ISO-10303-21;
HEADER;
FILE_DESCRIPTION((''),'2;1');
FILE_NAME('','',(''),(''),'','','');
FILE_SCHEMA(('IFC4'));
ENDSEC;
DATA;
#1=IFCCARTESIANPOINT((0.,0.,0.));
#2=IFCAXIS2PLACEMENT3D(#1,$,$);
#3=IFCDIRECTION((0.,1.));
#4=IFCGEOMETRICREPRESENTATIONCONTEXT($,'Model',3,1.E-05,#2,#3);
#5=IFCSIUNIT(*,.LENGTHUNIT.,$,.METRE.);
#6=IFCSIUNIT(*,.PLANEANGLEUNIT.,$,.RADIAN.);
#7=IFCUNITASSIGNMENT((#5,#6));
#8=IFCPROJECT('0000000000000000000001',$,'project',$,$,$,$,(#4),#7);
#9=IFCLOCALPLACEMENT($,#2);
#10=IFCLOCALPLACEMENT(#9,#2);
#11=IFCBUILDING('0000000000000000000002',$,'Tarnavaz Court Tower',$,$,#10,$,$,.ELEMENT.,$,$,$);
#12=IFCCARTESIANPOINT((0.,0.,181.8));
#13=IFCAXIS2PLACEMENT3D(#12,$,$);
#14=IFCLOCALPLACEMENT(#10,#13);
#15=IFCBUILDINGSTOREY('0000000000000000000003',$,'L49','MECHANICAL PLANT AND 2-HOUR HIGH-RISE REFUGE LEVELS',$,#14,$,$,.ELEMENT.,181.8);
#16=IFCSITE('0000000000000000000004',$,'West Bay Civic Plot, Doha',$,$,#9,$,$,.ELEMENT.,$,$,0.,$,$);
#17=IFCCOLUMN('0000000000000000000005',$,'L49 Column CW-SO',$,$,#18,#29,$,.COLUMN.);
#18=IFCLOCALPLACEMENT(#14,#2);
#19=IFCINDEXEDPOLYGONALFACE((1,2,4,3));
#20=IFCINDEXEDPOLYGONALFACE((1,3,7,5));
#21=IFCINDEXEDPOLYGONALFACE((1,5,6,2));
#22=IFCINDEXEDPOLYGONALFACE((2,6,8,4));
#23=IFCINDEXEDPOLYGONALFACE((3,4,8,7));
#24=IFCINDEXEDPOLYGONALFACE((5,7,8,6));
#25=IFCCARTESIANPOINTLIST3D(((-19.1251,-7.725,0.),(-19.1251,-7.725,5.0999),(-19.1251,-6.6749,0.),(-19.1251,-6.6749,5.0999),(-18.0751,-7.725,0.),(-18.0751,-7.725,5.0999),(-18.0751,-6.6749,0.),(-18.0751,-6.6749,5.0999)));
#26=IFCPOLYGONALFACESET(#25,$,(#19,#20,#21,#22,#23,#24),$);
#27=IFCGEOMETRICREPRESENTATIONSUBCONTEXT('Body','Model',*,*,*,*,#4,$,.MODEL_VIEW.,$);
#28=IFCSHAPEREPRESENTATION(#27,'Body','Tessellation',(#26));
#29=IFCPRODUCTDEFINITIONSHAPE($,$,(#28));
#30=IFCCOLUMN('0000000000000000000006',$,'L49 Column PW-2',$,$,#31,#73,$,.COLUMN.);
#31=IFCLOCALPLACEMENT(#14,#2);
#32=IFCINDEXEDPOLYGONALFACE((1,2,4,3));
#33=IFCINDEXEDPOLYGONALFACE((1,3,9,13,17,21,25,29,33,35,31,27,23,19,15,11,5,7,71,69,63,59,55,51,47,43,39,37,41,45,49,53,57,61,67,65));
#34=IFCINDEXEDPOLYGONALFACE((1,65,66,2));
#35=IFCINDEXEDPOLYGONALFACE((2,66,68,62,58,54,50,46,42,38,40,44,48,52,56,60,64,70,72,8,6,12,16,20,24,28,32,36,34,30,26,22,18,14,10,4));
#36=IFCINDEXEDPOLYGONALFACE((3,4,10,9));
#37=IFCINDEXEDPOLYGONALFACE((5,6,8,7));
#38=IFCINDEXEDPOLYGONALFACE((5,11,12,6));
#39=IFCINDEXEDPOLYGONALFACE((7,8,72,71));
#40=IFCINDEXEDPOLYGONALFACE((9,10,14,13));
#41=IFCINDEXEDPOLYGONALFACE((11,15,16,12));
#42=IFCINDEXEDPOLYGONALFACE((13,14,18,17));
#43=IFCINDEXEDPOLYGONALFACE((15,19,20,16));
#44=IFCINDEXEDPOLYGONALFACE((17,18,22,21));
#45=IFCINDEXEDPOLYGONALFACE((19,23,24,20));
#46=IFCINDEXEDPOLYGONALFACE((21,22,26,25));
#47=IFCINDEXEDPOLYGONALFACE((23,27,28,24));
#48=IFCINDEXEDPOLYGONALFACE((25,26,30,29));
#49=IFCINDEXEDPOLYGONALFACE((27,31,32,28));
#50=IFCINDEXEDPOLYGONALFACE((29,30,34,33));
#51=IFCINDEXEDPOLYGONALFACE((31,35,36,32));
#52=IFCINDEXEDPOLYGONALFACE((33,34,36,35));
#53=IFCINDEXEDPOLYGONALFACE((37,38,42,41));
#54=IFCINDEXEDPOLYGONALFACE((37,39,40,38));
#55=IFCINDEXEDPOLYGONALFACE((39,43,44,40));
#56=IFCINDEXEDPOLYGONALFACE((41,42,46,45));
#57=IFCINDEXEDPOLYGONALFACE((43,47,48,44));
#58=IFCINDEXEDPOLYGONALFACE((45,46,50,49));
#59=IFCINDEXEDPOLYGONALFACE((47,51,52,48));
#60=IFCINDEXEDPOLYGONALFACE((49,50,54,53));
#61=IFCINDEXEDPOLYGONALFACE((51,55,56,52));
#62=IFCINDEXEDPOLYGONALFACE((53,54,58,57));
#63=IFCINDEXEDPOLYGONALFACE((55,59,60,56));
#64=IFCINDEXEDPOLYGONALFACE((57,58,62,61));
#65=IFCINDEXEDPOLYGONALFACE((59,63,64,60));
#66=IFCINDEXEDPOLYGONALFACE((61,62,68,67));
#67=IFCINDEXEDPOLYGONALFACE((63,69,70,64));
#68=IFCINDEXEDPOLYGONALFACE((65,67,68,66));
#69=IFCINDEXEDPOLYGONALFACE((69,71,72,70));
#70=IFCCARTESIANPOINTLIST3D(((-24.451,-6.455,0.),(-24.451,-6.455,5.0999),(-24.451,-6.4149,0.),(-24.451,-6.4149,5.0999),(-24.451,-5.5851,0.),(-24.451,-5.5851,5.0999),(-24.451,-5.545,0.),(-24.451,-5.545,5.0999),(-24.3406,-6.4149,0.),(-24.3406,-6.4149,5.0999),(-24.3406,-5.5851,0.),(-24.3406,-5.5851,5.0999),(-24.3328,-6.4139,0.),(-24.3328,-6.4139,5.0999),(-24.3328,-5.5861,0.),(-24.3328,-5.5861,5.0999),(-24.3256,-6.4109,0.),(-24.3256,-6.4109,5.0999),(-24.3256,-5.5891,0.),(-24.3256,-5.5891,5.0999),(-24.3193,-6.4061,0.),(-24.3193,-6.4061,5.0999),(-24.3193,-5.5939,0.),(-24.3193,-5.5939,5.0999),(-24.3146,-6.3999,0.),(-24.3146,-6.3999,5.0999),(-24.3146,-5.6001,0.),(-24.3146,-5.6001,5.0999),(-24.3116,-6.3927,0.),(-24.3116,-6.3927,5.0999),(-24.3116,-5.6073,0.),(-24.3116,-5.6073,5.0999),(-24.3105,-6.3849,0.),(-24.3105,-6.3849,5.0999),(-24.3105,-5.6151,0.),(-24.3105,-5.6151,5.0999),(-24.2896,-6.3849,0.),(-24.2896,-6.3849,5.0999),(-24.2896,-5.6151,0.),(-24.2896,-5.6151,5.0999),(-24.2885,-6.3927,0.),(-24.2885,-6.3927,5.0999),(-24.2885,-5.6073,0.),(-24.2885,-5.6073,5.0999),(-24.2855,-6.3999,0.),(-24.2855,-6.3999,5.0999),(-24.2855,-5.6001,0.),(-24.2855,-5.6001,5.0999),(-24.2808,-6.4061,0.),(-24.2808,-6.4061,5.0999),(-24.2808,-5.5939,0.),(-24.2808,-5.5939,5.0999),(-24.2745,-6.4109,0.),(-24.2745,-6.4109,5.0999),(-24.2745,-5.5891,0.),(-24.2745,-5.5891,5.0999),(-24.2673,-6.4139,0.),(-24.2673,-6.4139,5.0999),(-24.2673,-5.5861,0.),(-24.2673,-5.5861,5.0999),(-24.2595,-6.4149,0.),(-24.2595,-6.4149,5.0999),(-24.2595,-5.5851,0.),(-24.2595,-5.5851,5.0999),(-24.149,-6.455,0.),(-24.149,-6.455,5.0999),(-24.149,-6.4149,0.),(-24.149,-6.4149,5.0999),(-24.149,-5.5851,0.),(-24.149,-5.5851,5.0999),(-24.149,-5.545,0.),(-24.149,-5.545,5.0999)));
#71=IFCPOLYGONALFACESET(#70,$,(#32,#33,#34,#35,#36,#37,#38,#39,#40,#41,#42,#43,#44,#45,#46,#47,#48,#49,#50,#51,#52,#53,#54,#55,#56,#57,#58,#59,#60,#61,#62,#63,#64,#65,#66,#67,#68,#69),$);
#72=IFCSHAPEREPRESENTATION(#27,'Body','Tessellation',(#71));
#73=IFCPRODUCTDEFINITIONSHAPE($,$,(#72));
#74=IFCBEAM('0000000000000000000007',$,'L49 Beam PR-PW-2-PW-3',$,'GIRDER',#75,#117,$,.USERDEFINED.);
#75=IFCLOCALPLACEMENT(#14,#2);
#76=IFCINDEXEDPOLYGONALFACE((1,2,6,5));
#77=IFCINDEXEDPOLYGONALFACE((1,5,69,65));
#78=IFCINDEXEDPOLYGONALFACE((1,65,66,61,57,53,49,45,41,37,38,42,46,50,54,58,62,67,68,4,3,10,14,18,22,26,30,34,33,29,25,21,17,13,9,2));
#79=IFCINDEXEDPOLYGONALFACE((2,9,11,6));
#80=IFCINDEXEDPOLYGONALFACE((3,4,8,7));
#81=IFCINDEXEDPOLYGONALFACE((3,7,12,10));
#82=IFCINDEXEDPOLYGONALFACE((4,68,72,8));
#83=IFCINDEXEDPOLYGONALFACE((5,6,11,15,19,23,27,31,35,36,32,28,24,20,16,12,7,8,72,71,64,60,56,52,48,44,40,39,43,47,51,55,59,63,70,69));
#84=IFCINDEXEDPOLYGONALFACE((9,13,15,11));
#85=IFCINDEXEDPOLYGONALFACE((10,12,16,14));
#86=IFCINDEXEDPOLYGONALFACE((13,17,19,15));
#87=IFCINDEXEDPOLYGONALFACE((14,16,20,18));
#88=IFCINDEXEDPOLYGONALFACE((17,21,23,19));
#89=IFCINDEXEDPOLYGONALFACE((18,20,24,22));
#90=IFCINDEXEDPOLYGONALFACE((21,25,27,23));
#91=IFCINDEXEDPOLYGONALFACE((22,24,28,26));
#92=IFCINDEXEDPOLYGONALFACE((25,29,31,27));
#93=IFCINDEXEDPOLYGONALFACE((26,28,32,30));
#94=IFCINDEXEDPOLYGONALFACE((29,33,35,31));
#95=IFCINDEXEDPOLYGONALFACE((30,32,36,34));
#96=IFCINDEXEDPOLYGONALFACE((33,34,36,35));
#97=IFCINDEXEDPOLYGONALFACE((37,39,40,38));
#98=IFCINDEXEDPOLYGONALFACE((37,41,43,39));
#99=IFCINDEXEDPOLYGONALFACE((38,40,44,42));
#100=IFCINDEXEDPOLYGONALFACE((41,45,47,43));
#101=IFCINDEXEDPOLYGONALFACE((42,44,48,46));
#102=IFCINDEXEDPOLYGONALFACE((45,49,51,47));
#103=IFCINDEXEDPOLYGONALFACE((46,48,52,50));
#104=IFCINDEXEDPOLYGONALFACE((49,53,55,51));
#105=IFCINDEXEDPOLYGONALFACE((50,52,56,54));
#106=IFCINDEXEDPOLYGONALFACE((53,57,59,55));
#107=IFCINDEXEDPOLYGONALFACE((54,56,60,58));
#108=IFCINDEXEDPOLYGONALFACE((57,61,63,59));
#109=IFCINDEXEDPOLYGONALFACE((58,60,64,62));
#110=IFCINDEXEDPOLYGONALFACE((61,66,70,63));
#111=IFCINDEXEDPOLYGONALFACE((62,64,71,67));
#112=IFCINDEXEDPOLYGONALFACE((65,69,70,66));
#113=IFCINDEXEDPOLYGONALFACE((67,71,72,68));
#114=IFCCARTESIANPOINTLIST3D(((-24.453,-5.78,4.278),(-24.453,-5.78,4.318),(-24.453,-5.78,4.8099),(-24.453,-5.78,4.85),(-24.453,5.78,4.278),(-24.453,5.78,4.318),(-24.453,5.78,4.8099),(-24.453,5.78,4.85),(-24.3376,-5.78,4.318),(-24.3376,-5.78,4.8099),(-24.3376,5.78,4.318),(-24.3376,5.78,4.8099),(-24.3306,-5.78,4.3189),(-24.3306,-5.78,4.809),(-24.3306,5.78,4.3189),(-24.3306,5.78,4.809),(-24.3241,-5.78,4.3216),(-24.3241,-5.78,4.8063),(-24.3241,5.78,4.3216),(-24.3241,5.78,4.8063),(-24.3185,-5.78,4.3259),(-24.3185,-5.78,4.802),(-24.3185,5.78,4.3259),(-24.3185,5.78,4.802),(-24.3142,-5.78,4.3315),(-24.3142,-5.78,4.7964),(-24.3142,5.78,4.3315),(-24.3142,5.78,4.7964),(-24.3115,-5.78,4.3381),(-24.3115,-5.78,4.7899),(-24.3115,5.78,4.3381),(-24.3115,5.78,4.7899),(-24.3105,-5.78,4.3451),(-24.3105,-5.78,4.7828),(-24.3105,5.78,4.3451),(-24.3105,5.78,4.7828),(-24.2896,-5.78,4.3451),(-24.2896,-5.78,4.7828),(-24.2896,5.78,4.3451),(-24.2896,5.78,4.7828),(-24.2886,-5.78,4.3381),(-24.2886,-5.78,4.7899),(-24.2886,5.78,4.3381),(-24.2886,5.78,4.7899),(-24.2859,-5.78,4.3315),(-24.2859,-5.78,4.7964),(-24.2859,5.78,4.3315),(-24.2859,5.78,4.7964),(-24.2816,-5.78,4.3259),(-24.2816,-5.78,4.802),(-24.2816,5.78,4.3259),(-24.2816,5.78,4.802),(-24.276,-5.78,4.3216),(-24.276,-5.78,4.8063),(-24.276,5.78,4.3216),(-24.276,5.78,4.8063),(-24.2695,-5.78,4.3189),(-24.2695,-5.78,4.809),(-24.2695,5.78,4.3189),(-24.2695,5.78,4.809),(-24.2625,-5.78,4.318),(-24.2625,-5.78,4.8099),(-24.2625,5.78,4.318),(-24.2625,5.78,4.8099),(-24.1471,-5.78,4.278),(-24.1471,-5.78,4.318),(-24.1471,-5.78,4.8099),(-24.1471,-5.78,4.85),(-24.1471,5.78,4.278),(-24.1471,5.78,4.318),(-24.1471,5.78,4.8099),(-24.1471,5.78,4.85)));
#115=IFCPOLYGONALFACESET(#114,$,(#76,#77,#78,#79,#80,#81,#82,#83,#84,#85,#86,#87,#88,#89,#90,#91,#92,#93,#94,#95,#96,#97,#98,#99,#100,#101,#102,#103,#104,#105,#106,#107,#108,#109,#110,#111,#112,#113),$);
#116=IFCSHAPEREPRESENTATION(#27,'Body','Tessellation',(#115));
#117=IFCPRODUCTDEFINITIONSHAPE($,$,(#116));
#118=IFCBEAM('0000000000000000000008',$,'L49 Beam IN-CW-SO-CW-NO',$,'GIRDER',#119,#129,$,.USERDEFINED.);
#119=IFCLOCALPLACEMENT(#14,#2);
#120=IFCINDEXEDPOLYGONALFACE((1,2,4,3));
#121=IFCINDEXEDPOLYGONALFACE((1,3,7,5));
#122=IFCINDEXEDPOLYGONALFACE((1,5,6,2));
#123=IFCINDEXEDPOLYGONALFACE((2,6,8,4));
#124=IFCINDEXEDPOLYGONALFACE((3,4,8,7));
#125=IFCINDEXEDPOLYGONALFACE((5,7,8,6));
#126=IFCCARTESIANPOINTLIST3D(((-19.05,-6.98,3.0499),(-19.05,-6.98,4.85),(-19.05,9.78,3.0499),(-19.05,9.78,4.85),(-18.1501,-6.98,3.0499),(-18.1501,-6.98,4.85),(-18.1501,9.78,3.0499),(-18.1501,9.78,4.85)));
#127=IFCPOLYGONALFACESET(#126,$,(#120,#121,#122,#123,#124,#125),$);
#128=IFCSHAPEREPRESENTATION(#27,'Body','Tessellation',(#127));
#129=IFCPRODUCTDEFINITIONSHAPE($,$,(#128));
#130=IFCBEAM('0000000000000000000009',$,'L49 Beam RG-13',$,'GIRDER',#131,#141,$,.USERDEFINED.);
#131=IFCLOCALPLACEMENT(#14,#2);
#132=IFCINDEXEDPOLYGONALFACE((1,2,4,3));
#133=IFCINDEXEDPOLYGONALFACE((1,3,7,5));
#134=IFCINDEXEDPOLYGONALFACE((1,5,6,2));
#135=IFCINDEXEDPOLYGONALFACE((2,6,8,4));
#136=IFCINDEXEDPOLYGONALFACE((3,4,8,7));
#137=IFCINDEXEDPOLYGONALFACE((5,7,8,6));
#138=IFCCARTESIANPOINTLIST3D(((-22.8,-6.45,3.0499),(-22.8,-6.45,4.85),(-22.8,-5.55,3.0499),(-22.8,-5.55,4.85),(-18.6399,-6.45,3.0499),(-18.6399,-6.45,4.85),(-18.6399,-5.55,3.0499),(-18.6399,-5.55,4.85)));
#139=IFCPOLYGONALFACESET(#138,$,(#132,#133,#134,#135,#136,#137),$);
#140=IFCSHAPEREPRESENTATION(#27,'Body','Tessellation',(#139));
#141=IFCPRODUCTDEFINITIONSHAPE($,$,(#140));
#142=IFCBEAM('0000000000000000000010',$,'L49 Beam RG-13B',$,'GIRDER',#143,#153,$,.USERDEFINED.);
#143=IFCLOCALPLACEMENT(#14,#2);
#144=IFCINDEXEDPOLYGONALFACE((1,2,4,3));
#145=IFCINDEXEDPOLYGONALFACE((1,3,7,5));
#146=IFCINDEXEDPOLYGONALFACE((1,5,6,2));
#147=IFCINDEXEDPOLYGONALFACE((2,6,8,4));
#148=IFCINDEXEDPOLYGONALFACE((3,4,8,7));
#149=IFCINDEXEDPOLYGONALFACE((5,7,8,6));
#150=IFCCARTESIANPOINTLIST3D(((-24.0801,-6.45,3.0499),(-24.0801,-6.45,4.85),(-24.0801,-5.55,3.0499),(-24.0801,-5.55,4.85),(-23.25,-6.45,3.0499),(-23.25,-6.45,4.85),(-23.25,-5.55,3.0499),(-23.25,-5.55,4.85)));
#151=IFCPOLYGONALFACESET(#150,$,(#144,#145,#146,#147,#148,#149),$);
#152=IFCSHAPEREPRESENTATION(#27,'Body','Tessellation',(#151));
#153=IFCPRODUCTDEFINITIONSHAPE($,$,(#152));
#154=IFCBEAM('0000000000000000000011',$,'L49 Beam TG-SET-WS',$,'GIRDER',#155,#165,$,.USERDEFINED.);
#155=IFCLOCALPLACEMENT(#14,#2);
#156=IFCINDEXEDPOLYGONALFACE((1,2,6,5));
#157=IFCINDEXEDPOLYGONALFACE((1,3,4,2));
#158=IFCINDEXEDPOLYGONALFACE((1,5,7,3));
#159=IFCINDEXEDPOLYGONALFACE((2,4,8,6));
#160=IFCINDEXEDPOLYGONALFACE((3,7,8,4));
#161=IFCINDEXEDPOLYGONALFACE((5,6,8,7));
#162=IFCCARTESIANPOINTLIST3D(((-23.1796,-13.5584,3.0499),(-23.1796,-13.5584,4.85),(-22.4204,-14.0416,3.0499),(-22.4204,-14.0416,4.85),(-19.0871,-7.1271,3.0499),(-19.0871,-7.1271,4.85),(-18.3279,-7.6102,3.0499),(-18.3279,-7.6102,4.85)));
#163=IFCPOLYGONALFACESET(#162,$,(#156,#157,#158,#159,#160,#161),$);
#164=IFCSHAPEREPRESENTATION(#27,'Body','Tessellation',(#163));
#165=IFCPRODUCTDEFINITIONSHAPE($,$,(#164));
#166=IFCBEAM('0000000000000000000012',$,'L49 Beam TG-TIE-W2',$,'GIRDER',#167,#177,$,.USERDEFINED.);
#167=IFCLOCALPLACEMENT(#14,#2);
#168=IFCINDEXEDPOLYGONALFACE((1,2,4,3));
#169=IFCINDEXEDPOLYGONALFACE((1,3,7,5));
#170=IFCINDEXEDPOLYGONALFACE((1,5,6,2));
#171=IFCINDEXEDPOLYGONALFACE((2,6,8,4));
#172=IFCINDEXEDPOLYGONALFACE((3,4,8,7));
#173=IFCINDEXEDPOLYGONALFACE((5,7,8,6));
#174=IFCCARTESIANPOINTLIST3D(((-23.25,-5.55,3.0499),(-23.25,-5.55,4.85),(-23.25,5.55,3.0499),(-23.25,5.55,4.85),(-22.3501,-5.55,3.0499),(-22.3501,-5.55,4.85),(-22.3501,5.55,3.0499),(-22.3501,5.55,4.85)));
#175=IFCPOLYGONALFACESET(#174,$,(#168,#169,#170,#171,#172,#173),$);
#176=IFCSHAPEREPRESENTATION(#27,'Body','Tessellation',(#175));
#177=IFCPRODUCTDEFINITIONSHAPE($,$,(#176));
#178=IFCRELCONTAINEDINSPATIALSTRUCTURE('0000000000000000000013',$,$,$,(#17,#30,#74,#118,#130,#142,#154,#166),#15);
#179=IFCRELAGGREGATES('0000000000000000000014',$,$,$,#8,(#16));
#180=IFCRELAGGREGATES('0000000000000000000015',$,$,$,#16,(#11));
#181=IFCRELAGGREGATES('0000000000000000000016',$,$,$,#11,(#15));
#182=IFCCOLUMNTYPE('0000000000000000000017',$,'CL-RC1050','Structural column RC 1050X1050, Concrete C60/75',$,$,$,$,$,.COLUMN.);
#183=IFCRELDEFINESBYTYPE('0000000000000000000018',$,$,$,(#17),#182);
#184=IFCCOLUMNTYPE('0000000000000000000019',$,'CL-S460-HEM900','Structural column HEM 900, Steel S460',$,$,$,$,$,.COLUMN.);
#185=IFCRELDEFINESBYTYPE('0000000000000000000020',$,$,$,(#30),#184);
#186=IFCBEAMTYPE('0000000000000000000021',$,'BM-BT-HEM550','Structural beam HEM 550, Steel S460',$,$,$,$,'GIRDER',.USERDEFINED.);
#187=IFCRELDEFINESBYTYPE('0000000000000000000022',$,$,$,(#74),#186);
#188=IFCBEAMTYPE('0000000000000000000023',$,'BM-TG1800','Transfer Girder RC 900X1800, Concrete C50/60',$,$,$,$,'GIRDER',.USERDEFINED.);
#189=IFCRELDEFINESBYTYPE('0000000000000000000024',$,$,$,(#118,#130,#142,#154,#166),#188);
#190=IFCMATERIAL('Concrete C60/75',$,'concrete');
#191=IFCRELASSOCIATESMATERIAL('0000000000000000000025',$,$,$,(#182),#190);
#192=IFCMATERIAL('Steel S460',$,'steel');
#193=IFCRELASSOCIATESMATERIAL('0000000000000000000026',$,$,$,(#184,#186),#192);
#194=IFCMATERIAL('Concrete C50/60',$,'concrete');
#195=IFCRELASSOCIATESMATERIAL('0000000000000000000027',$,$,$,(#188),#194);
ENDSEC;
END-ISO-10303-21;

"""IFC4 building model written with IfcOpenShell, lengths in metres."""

from ifc_helpers import new_model, si_unit, direction, frame, origin, origin_2d, place, context, subcontext, project, spatial, rectangle, i_section, extrude, material, material_profile, profile_set, type_object, element, save


model = new_model("IFC4")

# Units and contexts
model_context = context("Model", 3, precision=1e-05, world=origin(), true_north=direction((0.0, 1.0)))
body_context = subcontext(model_context, "Body", "Model", "MODEL_VIEW")
ifc_project = project(units=[si_unit("LENGTHUNIT", "METRE"), si_unit("PLANEANGLEUNIT", "RADIAN")], contexts=[model_context])

# Site, building, storey
site_placement = place(None, origin())
site = spatial("IfcSite", under=ifc_project, at=site_placement, Name="West Bay Civic Plot, Doha", CompositionType="ELEMENT", RefElevation=0.0)
building_placement = place(site_placement, origin())
building = spatial("IfcBuilding", under=site, at=building_placement, Name="Tarnavaz Court Tower", CompositionType="ELEMENT")
storey_placement = place(building_placement, frame((0.0, 0.0, 181.8)))
storey = spatial("IfcBuildingStorey", under=building, at=storey_placement, Name="L49", Description="MECHANICAL PLANT AND 2-HOUR HIGH-RISE REFUGE LEVELS", CompositionType="ELEMENT", Elevation=181.8)

# Columns
ifc_material_1 = material(Name="Concrete C60/75", Category="concrete")
ifc_material_profile_1 = material_profile(ifc_material_1, rectangle(XDim=1.05, YDim=1.05, at=origin_2d()), Name="RC 1050X1050")
ifc_profile_set_1 = profile_set([ifc_material_profile_1], Name="Concrete C60/75")
column_type_1 = type_object("IfcColumnType", Name="CL-RC1050", Description="Structural column RC 1050X1050, Concrete C60/75", PredefinedType="COLUMN", material=ifc_profile_set_1)
column_1_placement = place(storey_placement, frame((-18.6001, -7.2, 0.0), z_axis=(0.0, 0.0, 1.0), x_axis=(1.0, 0.0, 0.0)))
element("IfcColumn", 1, at=column_1_placement, inside=storey, type_object=column_type_1, Name="L49 Column CW-SO", PredefinedType="COLUMN", context=body_context, shape_type="SweptSolid", body=[
    extrude(rectangle(XDim=1.05, YDim=1.05, at=origin_2d()), origin(), (0.0, 0.0, 1.0), 5.0999),
])
ifc_material_2 = material(Name="Steel S460", Category="steel")
ifc_material_profile_2 = material_profile(ifc_material_2, i_section(OverallWidth=0.302, OverallDepth=0.9099, WebThickness=0.021, FlangeThickness=0.04, FilletRadius=0.03, at=origin_2d()), Name="HEM 900")
ifc_profile_set_2 = profile_set([ifc_material_profile_2], Name="Steel S460")
column_type_2 = type_object("IfcColumnType", Name="CL-S460-HEM900", Description="Structural column HEM 900, Steel S460", PredefinedType="COLUMN", material=ifc_profile_set_2)
column_2_placement = place(storey_placement, frame((-24.3, -6.0, 0.0), z_axis=(0.0, 0.0, 1.0), x_axis=(1.0, 0.0, 0.0)))
element("IfcColumn", 2, at=column_2_placement, inside=storey, type_object=column_type_2, Name="L49 Column PW-2", PredefinedType="COLUMN", context=body_context, shape_type="SweptSolid", body=[
    extrude(i_section(OverallWidth=0.302, OverallDepth=0.9099, WebThickness=0.021, FlangeThickness=0.04, FilletRadius=0.03, at=origin_2d()), origin(), (0.0, 0.0, 1.0), 5.0999),
])

# Beams
ifc_material_profile_3 = material_profile(ifc_material_2, i_section(OverallWidth=0.3059, OverallDepth=0.572, WebThickness=0.021, FlangeThickness=0.04, FilletRadius=0.0271, at=origin_2d()), Name="HEM 550")
ifc_profile_set_3 = profile_set([ifc_material_profile_3], Name="Steel S460")
beam_type_1 = type_object("IfcBeamType", Name="BM-BT-HEM550", Description="Structural beam HEM 550, Steel S460", ElementType="GIRDER", PredefinedType="USERDEFINED", material=ifc_profile_set_3)
beam_1_placement = place(storey_placement, frame((-24.3, -5.78, 4.564), z_axis=(0.0, 1.0, 0.0), x_axis=(-1.0, 0.0, 0.0)))
element("IfcBeam", 3, at=beam_1_placement, inside=storey, type_object=beam_type_1, Name="L49 Beam PR-PW-2-PW-3", ObjectType="GIRDER", PredefinedType="USERDEFINED", context=body_context, shape_type="SweptSolid", body=[
    extrude(i_section(OverallWidth=0.3059, OverallDepth=0.572, WebThickness=0.021, FlangeThickness=0.04, FilletRadius=0.0271, at=origin_2d()), origin(), (0.0, 0.0, 1.0), 11.5601),
])
ifc_material_3 = material(Name="Concrete C50/60", Category="concrete")
ifc_material_profile_4 = material_profile(ifc_material_3, rectangle(XDim=0.8999, YDim=1.8, at=origin_2d()), Name="RC 900X1800")
ifc_profile_set_4 = profile_set([ifc_material_profile_4], Name="Concrete C50/60")
beam_type_2 = type_object("IfcBeamType", Name="BM-TG1800", Description="Transfer Girder RC 900X1800, Concrete C50/60", ElementType="GIRDER", PredefinedType="USERDEFINED", material=ifc_profile_set_4)
beam_2_placement = place(storey_placement, frame((-18.6001, -6.98, 3.95), z_axis=(0.0, 1.0, 0.0), x_axis=(-1.0, 0.0, 0.0)))
element("IfcBeam", 4, at=beam_2_placement, inside=storey, type_object=beam_type_2, Name="L49 Beam IN-CW-SO-CW-NO", ObjectType="GIRDER", PredefinedType="USERDEFINED", context=body_context, shape_type="SweptSolid", body=[
    extrude(rectangle(XDim=0.8999, YDim=1.8, at=origin_2d()), origin(), (0.0, 0.0, 1.0), 16.76),
])
beam_3_placement = place(storey_placement, frame((-18.6399, -6.0, 3.95), z_axis=(-1.0, 0.0, 0.0), x_axis=(0.0, -1.0, 0.0)))
element("IfcBeam", 5, at=beam_3_placement, inside=storey, type_object=beam_type_2, Name="L49 Beam RG-13", ObjectType="GIRDER", PredefinedType="USERDEFINED", context=body_context, shape_type="SweptSolid", body=[
    extrude(rectangle(XDim=0.8999, YDim=1.8, at=origin_2d()), origin(), (0.0, 0.0, 1.0), 4.1602),
])
beam_4_placement = place(storey_placement, frame((-23.25, -6.0, 3.95), z_axis=(-1.0, 0.0, 0.0), x_axis=(0.0, -1.0, 0.0)))
element("IfcBeam", 6, at=beam_4_placement, inside=storey, type_object=beam_type_2, Name="L49 Beam RG-13B", ObjectType="GIRDER", PredefinedType="USERDEFINED", context=body_context, shape_type="SweptSolid", body=[
    extrude(rectangle(XDim=0.8999, YDim=1.8, at=origin_2d()), origin(), (0.0, 0.0, 1.0), 0.8301),
])
beam_5_placement = place(storey_placement, frame((-18.7075, -7.3687, 3.95), z_axis=(-0.536859, -0.843672, 0.0), x_axis=(0.843672, -0.536859, 0.0)))
element("IfcBeam", 7, at=beam_5_placement, inside=storey, type_object=beam_type_2, Name="L49 Beam TG-SET-WS", ObjectType="GIRDER", PredefinedType="USERDEFINED", context=body_context, shape_type="SweptSolid", body=[
    extrude(rectangle(XDim=0.8999, YDim=1.8, at=origin_2d()), origin(), (0.0, 0.0, 1.0), 7.623),
])
beam_6_placement = place(storey_placement, frame((-22.8, -5.55, 3.95), z_axis=(0.0, 1.0, 0.0), x_axis=(-1.0, 0.0, 0.0)))
element("IfcBeam", 8, at=beam_6_placement, inside=storey, type_object=beam_type_2, Name="L49 Beam TG-TIE-W2", ObjectType="GIRDER", PredefinedType="USERDEFINED", context=body_context, shape_type="SweptSolid", body=[
    extrude(rectangle(XDim=0.8999, YDim=1.8, at=origin_2d()), origin(), (0.0, 0.0, 1.0), 11.1001),
])

save(model, "model.ifc")
